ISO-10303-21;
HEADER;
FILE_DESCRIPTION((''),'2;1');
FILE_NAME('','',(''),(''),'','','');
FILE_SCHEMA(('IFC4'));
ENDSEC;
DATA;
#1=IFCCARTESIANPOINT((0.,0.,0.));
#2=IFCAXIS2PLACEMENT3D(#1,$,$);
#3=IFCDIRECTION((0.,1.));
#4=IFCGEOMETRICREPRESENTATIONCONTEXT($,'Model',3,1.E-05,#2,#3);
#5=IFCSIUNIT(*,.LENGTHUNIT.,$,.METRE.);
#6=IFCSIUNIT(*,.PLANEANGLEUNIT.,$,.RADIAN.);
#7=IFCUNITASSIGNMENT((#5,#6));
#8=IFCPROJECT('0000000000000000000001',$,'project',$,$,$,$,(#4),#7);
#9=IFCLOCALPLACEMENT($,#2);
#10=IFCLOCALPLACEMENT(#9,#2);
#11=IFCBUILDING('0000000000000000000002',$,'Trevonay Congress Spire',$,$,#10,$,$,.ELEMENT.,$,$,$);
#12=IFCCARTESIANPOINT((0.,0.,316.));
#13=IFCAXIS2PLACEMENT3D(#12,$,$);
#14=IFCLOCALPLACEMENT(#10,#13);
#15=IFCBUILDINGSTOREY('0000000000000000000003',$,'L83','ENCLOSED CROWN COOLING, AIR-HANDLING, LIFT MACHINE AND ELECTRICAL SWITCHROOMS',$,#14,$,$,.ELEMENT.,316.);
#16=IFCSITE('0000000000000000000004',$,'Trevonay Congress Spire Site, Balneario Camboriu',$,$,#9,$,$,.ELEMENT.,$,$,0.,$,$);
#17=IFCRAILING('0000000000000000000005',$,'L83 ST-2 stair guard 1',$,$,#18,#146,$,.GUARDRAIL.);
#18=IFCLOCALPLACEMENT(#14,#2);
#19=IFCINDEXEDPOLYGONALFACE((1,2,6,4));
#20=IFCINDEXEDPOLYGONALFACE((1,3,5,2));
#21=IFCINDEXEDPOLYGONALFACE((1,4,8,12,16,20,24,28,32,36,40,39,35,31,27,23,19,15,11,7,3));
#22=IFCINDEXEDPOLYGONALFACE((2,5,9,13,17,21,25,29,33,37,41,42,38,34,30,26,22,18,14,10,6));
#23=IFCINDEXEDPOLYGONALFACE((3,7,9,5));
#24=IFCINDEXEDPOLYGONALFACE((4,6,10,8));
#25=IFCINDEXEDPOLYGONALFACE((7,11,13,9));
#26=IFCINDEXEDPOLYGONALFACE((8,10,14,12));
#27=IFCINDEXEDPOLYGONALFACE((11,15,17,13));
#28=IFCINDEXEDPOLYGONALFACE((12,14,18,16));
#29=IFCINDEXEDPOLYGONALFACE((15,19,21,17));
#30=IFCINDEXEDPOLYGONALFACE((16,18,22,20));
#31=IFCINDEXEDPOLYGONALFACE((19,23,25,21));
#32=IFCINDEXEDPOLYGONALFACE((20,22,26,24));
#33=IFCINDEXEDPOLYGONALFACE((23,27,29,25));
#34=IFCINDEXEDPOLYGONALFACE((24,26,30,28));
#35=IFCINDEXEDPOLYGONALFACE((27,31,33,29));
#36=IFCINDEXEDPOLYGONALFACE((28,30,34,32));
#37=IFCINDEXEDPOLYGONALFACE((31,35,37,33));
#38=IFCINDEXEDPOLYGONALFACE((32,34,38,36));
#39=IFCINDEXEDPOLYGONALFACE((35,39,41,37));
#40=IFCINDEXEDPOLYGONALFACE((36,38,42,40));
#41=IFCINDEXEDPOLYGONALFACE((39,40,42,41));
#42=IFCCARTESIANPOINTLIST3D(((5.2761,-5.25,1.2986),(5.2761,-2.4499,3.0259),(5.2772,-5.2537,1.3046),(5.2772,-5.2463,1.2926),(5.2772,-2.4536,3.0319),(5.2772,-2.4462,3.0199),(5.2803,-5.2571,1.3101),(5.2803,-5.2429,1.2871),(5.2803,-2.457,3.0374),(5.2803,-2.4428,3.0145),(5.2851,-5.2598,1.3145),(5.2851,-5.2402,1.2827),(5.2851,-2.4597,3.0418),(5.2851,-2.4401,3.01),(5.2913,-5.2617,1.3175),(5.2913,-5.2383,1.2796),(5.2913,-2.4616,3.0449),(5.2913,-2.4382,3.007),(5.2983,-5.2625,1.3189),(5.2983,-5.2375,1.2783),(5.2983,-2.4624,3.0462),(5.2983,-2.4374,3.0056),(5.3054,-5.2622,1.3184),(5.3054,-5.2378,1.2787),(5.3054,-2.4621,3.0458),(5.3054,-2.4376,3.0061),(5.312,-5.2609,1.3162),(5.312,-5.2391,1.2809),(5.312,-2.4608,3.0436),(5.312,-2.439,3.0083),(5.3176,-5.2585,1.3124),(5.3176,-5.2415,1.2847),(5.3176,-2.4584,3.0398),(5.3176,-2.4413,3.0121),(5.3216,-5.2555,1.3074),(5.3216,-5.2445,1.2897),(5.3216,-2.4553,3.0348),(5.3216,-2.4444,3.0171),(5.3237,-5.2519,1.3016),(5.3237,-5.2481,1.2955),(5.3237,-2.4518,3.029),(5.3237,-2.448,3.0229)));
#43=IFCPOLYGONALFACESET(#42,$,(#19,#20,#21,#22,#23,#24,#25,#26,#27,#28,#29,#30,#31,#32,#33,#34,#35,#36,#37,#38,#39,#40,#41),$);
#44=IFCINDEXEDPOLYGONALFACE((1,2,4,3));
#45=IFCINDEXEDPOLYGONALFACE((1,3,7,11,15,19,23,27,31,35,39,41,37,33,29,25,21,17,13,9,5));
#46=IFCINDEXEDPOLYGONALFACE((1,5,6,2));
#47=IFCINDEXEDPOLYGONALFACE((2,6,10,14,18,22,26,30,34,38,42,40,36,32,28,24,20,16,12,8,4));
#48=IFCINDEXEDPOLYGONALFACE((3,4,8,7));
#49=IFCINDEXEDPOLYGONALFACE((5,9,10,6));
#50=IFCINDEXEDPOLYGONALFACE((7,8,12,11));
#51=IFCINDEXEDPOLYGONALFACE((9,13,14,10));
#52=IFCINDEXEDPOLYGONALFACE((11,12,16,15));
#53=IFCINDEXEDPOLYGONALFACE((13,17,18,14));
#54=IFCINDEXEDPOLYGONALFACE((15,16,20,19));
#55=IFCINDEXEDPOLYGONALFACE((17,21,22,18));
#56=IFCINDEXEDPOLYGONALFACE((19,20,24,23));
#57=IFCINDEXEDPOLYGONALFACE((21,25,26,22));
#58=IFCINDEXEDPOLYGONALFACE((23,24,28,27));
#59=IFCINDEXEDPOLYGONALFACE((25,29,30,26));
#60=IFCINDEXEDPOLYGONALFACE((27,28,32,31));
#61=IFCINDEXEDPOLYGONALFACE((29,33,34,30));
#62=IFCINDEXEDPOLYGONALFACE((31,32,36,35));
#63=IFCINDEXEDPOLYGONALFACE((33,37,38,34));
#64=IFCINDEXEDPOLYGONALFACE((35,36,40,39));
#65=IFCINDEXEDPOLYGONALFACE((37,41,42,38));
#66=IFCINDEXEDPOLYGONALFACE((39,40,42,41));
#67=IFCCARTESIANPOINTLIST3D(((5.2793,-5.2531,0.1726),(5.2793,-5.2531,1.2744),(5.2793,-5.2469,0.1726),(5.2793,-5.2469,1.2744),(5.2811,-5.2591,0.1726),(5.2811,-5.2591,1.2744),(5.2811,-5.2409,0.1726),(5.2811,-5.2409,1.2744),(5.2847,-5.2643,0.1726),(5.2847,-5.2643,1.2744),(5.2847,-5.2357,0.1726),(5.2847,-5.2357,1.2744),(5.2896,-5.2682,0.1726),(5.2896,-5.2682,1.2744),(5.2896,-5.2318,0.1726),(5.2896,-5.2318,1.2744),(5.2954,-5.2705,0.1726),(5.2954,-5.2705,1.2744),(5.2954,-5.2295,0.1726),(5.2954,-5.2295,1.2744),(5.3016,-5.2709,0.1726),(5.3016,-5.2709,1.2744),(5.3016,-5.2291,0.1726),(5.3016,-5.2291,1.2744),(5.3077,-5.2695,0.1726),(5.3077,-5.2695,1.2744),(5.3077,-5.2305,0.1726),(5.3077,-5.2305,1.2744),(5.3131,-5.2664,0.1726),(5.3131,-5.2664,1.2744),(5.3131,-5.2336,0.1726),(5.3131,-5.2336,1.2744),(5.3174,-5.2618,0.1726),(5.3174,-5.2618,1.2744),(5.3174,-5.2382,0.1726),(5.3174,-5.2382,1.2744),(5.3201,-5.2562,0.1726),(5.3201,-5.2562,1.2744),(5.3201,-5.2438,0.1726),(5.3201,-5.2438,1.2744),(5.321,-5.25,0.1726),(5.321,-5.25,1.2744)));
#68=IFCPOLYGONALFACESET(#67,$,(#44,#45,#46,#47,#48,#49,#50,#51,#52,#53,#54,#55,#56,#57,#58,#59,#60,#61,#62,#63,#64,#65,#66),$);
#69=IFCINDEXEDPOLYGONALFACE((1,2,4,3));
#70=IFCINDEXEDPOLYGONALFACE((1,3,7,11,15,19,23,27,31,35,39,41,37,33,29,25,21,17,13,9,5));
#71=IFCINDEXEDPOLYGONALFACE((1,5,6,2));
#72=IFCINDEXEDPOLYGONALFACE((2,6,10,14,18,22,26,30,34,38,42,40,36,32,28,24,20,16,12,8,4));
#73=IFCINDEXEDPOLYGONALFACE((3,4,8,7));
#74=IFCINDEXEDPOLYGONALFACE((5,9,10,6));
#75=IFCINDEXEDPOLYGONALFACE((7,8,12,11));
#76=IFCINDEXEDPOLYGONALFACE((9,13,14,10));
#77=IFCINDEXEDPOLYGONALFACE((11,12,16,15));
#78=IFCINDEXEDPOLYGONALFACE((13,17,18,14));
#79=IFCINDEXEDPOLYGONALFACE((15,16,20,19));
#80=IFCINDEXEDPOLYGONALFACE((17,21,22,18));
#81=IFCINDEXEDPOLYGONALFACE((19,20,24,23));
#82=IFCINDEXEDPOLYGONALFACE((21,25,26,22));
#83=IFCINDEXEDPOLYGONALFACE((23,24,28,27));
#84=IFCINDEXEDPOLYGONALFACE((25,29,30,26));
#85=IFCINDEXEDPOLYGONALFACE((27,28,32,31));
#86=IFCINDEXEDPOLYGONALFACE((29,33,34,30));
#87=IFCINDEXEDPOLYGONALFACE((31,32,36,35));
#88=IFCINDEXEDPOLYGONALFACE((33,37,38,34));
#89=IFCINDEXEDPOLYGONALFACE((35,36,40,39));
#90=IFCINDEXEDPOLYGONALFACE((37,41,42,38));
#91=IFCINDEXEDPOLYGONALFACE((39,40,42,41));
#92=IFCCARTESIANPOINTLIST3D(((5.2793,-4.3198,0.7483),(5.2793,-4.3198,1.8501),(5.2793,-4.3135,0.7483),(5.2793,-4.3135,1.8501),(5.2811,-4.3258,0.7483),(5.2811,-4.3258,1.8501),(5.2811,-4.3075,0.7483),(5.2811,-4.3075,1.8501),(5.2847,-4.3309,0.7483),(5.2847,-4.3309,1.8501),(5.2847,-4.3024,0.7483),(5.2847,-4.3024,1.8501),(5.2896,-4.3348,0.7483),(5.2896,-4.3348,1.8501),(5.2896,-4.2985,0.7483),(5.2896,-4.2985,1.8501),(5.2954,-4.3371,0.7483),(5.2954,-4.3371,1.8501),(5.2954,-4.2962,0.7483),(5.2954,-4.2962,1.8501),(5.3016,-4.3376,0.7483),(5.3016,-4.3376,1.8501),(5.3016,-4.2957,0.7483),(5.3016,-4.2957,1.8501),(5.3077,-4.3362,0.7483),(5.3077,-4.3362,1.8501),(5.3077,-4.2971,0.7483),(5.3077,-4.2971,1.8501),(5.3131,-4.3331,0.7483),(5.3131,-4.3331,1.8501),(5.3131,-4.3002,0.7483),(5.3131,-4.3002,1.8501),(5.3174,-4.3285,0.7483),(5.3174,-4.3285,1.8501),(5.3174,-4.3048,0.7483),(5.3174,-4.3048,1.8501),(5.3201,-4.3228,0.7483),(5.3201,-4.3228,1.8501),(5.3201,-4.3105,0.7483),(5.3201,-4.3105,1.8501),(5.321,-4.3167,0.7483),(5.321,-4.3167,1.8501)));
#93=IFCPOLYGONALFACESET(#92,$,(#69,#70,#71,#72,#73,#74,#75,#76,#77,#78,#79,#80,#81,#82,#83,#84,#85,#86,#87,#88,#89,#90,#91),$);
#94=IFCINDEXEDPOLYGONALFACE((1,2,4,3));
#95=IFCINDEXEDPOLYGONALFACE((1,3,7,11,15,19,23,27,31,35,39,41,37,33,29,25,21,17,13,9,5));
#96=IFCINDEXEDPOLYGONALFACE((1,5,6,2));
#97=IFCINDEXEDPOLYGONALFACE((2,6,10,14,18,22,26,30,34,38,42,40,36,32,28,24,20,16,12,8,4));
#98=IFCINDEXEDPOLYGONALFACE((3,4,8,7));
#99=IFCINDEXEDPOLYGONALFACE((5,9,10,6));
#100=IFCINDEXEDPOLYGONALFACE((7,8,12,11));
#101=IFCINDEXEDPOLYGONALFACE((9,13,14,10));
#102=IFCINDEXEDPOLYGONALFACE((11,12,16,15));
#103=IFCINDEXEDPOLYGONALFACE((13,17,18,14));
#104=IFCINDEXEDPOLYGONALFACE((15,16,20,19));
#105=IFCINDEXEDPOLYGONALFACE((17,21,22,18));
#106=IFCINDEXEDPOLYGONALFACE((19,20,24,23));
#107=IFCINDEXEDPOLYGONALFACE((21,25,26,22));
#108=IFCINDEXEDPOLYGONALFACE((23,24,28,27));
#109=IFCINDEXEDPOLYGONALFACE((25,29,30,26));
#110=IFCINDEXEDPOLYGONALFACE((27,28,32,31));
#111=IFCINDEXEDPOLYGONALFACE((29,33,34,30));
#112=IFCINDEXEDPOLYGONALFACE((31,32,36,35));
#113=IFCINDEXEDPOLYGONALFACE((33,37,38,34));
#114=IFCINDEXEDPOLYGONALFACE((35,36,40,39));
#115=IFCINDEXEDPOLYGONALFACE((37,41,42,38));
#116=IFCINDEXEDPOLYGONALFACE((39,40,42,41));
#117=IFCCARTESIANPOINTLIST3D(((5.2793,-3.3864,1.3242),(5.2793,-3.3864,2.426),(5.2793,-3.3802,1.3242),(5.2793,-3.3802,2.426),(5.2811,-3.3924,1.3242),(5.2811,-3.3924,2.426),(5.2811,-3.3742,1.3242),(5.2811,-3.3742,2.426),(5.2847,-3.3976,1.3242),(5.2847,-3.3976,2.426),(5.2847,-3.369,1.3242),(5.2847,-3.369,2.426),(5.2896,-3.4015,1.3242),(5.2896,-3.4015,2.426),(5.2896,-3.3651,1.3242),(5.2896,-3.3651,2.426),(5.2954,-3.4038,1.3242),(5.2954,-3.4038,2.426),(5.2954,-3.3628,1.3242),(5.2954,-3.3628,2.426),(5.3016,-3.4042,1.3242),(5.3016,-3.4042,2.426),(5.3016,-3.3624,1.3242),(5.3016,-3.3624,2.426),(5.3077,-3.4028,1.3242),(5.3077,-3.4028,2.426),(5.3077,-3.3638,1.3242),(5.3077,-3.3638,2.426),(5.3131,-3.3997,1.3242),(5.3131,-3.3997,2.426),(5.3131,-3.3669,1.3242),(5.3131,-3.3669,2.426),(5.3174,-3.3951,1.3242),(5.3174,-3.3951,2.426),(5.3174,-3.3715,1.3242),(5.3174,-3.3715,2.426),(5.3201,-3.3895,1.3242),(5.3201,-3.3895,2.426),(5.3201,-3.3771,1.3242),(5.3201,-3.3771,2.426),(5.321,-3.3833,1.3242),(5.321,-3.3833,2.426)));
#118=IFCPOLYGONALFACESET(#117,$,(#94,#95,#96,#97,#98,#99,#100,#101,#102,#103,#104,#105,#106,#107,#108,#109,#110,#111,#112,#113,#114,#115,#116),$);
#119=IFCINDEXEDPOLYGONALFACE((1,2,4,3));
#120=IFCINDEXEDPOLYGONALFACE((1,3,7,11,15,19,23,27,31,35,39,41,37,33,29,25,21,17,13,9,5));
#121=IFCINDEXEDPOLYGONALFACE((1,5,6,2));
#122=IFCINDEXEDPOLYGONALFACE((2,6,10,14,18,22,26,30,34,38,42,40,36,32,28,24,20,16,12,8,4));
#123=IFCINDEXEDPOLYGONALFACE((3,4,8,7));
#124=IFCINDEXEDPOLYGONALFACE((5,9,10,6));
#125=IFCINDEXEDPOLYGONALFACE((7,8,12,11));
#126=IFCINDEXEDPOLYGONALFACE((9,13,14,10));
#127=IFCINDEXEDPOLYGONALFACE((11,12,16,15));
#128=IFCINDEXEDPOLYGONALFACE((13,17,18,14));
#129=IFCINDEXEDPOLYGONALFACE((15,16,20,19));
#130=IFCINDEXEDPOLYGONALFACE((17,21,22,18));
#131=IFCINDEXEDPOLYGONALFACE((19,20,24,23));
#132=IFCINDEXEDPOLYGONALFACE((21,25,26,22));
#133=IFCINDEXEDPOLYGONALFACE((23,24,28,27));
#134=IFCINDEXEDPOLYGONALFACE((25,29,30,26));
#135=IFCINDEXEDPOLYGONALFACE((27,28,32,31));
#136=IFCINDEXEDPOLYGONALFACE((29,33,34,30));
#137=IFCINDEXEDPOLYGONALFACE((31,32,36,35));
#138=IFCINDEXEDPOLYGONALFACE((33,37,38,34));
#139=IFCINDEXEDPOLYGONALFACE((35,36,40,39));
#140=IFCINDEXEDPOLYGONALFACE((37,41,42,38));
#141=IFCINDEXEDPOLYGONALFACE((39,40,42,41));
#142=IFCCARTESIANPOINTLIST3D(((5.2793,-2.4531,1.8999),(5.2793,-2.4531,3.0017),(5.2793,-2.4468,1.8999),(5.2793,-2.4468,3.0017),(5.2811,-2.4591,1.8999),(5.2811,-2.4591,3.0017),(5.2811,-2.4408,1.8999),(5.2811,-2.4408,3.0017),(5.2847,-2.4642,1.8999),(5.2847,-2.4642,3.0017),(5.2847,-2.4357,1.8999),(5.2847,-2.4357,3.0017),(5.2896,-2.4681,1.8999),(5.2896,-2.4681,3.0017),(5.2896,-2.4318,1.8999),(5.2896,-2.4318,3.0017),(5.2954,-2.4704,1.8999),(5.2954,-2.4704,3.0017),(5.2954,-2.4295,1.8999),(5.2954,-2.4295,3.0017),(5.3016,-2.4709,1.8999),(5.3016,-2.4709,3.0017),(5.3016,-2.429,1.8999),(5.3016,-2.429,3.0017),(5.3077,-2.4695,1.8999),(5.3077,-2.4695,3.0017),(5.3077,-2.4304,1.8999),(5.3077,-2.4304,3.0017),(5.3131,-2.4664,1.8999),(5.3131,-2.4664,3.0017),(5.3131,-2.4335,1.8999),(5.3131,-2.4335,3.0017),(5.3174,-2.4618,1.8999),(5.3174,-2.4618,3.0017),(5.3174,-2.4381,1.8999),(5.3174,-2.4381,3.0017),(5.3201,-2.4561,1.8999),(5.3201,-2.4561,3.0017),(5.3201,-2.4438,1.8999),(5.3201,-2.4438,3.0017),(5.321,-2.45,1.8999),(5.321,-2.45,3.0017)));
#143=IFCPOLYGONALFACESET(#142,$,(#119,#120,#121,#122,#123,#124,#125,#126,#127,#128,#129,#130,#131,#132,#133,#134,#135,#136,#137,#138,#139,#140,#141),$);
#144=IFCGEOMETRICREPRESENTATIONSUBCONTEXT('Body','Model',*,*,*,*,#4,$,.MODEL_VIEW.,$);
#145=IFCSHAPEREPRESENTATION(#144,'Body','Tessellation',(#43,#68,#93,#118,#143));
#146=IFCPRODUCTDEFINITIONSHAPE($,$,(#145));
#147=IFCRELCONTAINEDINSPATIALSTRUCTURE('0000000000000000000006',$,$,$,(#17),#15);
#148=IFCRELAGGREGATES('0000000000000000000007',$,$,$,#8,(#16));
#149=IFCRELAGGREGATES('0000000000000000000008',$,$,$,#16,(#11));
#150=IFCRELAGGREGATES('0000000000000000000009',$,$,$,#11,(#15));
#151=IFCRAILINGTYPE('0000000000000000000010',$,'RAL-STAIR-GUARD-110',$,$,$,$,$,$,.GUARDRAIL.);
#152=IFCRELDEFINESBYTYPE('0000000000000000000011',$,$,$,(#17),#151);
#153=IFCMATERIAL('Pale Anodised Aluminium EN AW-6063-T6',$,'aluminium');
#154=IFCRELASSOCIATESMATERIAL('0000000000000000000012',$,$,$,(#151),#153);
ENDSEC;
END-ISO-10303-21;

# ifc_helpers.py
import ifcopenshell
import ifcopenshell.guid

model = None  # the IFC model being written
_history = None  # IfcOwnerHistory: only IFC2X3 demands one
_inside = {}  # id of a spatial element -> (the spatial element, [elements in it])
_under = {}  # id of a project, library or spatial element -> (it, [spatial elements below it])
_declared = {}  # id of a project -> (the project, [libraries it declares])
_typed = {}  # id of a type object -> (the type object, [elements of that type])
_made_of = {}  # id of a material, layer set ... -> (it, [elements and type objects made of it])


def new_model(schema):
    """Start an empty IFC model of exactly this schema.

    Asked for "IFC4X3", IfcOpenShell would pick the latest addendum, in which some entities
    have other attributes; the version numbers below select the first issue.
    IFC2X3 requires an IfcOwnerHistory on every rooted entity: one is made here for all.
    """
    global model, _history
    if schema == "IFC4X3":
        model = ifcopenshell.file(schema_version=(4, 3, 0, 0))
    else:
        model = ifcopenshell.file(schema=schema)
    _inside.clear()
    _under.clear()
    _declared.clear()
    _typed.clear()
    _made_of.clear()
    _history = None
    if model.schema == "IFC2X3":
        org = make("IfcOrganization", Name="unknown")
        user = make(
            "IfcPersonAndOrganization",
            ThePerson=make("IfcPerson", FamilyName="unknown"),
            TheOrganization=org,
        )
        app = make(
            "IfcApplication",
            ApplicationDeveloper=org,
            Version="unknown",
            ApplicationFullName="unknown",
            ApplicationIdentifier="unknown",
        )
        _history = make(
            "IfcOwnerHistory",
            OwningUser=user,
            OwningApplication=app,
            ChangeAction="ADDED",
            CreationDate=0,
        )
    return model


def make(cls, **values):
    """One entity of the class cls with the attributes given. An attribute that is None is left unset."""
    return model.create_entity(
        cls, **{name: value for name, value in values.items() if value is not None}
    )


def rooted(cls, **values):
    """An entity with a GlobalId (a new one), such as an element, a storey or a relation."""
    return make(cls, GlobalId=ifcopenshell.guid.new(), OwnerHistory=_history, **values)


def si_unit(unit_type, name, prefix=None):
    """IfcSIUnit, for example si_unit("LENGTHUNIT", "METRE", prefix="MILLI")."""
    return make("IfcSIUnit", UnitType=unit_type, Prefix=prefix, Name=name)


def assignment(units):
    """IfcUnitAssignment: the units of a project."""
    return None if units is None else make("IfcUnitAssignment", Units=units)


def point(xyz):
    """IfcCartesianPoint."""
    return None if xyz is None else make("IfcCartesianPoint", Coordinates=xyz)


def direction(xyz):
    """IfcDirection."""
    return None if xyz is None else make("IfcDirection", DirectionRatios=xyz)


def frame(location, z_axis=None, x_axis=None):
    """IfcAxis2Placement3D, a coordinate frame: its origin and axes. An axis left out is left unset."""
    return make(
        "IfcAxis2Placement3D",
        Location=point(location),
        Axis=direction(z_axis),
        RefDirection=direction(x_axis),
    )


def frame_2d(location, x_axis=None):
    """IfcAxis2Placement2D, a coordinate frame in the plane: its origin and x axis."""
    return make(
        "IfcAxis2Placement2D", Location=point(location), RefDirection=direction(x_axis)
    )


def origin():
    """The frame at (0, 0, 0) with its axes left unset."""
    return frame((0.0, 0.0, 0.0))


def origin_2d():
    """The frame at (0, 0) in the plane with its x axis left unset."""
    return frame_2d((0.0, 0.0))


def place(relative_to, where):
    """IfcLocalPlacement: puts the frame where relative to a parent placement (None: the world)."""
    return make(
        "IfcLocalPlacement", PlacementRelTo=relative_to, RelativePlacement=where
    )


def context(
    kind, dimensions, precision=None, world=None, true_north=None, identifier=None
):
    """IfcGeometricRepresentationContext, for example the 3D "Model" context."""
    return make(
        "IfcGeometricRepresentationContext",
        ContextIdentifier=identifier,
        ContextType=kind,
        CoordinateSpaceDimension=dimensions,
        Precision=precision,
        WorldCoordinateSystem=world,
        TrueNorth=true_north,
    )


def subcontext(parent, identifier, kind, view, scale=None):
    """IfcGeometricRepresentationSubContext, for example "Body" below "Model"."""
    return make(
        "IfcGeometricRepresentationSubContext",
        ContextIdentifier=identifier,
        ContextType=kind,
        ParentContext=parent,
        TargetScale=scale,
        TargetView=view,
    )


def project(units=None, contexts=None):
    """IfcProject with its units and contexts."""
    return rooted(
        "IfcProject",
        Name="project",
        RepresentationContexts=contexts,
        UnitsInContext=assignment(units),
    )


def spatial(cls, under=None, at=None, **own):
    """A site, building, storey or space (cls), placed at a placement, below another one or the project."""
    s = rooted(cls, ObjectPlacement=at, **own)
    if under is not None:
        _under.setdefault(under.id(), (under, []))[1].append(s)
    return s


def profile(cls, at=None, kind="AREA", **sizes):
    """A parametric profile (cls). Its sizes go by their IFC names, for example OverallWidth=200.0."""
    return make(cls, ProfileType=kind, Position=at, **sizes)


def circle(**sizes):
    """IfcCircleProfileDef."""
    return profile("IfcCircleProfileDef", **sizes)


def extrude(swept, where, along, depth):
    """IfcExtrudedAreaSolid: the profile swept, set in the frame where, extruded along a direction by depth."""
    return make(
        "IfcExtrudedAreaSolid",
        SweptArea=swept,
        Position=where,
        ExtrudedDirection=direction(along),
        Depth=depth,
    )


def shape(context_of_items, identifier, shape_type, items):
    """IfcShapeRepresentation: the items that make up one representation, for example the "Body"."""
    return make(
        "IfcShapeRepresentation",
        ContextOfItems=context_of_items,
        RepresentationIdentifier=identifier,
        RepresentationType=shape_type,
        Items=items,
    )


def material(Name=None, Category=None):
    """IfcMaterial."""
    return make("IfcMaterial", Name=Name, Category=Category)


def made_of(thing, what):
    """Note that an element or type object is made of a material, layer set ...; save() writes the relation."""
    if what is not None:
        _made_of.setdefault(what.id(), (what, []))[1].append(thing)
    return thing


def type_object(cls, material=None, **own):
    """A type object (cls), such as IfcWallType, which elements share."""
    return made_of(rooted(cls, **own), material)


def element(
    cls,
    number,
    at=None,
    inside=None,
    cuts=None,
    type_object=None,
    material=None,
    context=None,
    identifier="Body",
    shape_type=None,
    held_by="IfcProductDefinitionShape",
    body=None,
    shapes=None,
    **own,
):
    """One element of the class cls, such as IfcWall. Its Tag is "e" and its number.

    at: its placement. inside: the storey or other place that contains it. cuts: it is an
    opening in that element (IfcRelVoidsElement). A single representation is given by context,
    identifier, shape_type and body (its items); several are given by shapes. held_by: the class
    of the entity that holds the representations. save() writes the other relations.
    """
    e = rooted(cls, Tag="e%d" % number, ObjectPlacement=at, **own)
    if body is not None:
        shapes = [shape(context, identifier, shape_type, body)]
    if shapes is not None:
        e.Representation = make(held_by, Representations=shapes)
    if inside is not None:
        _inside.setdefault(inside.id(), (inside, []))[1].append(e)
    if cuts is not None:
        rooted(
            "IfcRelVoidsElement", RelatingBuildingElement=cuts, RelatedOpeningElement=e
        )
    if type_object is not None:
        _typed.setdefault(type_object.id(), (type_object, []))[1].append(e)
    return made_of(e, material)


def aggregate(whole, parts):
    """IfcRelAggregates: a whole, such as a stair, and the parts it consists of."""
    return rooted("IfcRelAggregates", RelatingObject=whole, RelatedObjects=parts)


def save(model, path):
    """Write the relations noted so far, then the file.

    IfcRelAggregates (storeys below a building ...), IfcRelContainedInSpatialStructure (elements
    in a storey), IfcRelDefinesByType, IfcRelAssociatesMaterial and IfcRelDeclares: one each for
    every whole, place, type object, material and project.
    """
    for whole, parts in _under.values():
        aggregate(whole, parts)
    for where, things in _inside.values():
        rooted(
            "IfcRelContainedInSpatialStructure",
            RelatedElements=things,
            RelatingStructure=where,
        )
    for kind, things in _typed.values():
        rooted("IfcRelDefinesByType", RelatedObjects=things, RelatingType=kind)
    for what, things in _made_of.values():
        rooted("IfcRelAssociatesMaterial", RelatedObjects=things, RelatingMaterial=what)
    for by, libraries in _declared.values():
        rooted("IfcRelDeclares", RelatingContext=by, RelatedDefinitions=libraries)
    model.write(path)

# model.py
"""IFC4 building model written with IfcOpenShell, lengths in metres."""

from ifc_helpers import new_model, si_unit, direction, frame, origin, origin_2d, place, context, subcontext, project, spatial, circle, extrude, material, type_object, element, save


model = new_model("IFC4")

# Units and contexts
model_context = context("Model", 3, precision=1e-05, world=origin(), true_north=direction((0.0, 1.0)))
body_context = subcontext(model_context, "Body", "Model", "MODEL_VIEW")
ifc_project = project(units=[si_unit("LENGTHUNIT", "METRE"), si_unit("PLANEANGLEUNIT", "RADIAN")], contexts=[model_context])

# Site, building, storey
site_placement = place(None, origin())
site = spatial("IfcSite", under=ifc_project, at=site_placement, Name="Trevonay Congress Spire Site, Balneario Camboriu", CompositionType="ELEMENT", RefElevation=0.0)
building_placement = place(site_placement, origin())
building = spatial("IfcBuilding", under=site, at=building_placement, Name="Trevonay Congress Spire", CompositionType="ELEMENT")
storey_placement = place(building_placement, frame((0.0, 0.0, 316.0)))
storey = spatial("IfcBuildingStorey", under=building, at=storey_placement, Name="L83", Description="ENCLOSED CROWN COOLING, AIR-HANDLING, LIFT MACHINE AND ELECTRICAL SWITCHROOMS", CompositionType="ELEMENT", Elevation=316.0)

# Shared definitions
ifc_material_1 = material(Name="Pale Anodised Aluminium EN AW-6063-T6", Category="aluminium")

# Railing
railing_type_1 = type_object("IfcRailingType", Name="RAL-STAIR-GUARD-110", PredefinedType="GUARDRAIL", material=ifc_material_1)
railing_1_placement = place(storey_placement, frame((5.3, -5.25, 0.1726)))
element("IfcRailing", 1, at=railing_1_placement, inside=storey, type_object=railing_type_1, Name="L83 ST-2 stair guard 1", PredefinedType="GUARDRAIL", context=body_context, shape_type="SweptSolid", body=[
    extrude(circle(Radius=0.0239, at=origin_2d()), frame((0.0, 0.0, 1.126), z_axis=(0.0, 0.85109, 0.52502), x_axis=(-1.0, 0.0, 0.0)), (0.0, 0.0, 1.0), 3.29),
    extrude(circle(Radius=0.021, at=origin_2d()), origin(), (0.0, 0.0, 1.0), 1.1018),
    extrude(circle(Radius=0.021, at=origin_2d()), frame((0.0, 0.9333, 0.5757)), (0.0, 0.0, 1.0), 1.1018),
    extrude(circle(Radius=0.021, at=origin_2d()), frame((0.0, 1.8667, 1.1516)), (0.0, 0.0, 1.0), 1.1018),
    extrude(circle(Radius=0.021, at=origin_2d()), frame((0.0, 2.8, 1.7273)), (0.0, 0.0, 1.0), 1.1018),
])

save(model, "model.ifc")
